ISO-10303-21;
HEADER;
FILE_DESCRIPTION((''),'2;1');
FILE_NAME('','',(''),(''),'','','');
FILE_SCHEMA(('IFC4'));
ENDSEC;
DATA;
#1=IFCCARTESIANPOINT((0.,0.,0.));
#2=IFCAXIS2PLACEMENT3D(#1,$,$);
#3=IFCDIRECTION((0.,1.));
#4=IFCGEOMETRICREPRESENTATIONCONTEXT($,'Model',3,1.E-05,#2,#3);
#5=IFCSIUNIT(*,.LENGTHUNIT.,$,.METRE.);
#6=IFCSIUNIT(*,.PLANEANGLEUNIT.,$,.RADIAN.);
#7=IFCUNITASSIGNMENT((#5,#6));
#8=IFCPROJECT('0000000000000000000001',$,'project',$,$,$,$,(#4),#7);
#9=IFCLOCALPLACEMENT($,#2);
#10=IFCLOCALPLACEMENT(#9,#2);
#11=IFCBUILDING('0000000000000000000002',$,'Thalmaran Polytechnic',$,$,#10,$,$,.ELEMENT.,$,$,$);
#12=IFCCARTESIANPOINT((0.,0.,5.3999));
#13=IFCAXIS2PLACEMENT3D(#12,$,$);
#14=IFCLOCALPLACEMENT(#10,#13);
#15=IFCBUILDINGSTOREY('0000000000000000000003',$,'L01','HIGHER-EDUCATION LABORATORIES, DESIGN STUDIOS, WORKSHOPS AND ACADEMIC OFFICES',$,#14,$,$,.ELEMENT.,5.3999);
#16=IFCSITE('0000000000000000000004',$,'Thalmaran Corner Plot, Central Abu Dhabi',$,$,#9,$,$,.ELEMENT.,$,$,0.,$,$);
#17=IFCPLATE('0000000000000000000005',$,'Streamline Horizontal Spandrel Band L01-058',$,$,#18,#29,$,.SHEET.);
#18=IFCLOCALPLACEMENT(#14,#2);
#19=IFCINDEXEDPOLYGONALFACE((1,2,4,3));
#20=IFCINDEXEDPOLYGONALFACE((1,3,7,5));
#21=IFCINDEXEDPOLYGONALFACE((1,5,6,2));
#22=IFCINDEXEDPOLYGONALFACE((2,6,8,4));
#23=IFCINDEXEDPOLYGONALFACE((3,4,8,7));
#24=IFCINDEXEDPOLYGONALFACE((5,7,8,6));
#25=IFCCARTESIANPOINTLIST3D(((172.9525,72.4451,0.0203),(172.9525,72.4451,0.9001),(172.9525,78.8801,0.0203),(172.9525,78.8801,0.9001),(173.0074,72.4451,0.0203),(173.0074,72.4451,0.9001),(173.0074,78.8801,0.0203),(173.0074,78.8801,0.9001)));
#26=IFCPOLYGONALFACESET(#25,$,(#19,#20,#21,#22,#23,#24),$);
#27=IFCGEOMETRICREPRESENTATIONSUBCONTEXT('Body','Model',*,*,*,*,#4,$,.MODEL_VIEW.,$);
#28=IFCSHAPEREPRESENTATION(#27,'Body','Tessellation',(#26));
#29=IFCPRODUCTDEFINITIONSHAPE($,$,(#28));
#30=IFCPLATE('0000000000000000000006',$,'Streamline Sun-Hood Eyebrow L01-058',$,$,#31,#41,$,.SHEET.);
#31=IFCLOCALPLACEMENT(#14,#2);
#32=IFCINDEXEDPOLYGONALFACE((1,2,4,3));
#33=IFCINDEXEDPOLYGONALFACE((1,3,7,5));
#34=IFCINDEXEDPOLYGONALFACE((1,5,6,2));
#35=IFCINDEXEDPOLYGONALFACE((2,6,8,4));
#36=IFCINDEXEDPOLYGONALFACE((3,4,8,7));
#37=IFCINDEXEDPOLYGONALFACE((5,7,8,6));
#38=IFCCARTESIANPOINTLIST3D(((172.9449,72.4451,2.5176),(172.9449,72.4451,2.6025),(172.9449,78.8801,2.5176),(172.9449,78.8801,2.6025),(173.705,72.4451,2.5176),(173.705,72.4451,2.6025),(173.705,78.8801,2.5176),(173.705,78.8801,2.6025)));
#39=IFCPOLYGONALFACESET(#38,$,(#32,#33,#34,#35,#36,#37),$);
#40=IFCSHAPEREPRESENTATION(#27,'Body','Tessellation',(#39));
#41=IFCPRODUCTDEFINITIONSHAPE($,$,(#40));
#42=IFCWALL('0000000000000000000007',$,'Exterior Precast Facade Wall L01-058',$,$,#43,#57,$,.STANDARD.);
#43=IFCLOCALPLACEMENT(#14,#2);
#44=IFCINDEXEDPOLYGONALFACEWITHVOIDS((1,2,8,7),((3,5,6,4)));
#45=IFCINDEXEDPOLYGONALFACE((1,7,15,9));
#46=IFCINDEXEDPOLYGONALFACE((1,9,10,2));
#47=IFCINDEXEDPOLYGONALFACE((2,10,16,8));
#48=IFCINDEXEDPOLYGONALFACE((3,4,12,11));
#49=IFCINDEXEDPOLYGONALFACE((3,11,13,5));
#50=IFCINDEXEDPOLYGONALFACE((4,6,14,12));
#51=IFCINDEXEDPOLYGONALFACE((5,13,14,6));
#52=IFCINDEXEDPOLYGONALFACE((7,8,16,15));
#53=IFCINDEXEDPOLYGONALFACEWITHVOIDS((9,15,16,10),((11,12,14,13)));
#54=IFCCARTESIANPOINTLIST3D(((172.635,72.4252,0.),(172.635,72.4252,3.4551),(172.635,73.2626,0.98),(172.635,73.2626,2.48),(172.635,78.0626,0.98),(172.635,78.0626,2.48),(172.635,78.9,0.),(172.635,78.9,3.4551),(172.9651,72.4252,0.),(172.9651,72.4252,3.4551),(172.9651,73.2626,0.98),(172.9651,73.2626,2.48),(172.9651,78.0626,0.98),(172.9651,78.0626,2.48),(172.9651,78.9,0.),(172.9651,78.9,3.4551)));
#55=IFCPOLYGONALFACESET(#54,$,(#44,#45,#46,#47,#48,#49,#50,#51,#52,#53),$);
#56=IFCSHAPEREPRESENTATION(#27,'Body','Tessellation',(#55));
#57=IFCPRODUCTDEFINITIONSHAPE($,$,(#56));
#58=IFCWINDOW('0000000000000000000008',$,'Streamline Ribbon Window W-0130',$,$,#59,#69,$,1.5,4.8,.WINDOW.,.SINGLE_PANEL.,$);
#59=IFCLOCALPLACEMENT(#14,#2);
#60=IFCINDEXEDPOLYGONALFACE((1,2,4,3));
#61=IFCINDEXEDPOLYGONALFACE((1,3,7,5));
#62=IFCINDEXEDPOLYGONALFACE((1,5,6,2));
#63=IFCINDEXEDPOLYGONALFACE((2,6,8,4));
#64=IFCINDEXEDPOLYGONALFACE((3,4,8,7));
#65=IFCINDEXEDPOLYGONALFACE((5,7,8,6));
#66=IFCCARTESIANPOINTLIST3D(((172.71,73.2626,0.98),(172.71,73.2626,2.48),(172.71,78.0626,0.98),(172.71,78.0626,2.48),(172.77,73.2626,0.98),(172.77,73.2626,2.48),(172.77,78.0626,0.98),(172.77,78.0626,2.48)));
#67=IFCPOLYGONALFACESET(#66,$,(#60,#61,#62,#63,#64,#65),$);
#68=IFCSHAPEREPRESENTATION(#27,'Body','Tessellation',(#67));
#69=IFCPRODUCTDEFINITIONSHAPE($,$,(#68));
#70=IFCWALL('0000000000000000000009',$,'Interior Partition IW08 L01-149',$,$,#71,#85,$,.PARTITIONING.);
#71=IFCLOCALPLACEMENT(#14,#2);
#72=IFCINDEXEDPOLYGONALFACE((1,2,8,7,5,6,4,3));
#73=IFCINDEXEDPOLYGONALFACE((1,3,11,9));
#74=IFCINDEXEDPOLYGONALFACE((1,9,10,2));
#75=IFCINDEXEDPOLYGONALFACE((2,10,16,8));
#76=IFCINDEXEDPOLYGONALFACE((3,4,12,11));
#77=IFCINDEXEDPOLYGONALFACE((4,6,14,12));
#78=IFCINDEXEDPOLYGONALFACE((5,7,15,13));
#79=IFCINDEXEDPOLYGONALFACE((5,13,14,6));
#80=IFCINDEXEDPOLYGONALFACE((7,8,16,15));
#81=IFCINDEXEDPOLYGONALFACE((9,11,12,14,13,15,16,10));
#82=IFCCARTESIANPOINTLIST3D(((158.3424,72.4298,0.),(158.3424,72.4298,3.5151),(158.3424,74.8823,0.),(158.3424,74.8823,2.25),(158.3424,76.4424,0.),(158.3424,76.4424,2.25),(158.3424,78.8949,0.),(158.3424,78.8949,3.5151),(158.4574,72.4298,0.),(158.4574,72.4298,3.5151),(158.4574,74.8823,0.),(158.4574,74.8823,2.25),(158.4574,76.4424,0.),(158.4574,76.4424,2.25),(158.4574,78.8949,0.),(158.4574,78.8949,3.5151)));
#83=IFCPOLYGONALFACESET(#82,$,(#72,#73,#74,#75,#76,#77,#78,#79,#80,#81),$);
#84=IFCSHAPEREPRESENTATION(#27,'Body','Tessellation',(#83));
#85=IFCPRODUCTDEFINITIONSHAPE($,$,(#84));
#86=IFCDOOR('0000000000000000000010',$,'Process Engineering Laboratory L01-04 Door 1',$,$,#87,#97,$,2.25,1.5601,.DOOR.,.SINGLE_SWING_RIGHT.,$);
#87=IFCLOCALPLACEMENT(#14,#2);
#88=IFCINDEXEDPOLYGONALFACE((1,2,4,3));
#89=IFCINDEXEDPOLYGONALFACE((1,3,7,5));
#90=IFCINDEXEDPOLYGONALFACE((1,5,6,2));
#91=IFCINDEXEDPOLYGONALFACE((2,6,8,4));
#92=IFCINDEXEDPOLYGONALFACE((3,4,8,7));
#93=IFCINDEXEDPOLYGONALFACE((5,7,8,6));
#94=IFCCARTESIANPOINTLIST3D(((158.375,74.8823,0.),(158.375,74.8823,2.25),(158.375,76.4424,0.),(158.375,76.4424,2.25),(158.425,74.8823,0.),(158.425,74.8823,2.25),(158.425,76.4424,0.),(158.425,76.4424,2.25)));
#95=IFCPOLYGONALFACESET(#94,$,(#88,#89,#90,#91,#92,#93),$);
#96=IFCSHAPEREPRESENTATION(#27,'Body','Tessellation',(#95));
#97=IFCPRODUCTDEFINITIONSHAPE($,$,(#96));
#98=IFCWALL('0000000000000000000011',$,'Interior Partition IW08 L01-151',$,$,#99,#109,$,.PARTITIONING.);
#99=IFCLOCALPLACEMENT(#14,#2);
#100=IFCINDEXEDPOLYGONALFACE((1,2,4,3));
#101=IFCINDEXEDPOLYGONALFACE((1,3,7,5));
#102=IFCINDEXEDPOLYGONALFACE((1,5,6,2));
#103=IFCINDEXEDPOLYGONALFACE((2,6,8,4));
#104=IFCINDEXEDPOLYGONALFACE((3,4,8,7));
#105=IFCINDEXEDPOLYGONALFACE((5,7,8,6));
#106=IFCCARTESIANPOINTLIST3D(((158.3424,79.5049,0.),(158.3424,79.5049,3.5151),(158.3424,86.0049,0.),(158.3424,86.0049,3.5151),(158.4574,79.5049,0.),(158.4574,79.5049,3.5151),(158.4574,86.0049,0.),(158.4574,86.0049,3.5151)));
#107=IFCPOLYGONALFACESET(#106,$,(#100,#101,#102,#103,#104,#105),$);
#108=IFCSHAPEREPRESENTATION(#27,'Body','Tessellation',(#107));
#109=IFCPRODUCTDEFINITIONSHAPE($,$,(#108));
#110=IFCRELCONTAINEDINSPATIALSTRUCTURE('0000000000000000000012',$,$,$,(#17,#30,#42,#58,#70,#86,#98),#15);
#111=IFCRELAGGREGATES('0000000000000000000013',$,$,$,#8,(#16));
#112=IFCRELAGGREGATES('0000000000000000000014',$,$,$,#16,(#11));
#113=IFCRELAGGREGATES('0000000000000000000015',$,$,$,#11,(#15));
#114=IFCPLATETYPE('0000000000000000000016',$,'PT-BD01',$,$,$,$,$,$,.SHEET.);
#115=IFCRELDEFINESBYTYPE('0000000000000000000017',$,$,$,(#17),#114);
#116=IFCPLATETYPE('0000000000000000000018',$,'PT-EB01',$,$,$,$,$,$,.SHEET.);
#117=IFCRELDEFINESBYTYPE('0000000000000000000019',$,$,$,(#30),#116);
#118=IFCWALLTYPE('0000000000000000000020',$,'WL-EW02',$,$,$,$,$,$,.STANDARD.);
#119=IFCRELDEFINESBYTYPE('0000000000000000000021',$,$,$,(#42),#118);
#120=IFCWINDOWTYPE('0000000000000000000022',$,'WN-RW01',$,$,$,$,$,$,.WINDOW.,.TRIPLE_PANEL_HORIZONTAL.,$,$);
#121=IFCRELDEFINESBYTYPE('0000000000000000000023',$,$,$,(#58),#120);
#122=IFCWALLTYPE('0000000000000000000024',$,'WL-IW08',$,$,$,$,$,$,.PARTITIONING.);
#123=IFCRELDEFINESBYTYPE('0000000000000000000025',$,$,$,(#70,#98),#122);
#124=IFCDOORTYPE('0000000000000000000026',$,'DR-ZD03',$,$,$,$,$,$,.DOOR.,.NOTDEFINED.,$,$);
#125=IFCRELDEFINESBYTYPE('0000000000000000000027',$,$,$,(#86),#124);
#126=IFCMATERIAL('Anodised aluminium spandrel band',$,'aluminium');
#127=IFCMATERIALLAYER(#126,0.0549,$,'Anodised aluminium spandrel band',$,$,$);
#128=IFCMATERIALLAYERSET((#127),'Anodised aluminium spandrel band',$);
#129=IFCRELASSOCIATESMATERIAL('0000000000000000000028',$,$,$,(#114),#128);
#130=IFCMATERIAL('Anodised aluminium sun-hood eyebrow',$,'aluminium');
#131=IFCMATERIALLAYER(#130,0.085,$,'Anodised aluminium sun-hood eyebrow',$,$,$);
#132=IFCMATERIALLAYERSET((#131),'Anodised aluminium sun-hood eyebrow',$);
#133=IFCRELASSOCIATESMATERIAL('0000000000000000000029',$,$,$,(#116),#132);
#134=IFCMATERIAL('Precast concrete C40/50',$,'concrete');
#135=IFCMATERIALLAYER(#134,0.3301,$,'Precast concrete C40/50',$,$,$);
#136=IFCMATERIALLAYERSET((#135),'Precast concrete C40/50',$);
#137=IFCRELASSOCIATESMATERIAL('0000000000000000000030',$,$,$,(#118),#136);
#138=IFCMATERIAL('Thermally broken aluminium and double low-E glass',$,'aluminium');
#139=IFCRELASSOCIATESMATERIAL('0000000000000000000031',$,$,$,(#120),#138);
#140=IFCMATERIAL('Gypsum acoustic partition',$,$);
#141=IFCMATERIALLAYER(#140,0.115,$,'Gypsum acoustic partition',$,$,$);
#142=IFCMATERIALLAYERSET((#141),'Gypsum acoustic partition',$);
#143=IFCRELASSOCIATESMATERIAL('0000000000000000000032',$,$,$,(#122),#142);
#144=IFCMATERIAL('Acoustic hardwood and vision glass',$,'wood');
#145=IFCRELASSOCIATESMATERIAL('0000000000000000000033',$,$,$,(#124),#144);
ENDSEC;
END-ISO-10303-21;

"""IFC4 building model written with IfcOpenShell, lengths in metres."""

from ifc_helpers import new_model, si_unit, direction, frame, frame_2d, origin, origin_2d, place, context, subcontext, project, spatial, rectangle, extrude, material, layer, layer_set, type_object, element, fill, save


model = new_model("IFC4")

# Units and contexts
model_context = context("Model", 3, precision=1e-05, world=origin(), true_north=direction((0.0, 1.0)))
body_context = subcontext(model_context, "Body", "Model", "MODEL_VIEW")
ifc_project = project(units=[si_unit("LENGTHUNIT", "METRE"), si_unit("PLANEANGLEUNIT", "RADIAN")], contexts=[model_context])

# Site, building, storey
site_placement = place(None, origin())
site = spatial("IfcSite", under=ifc_project, at=site_placement, Name="Thalmaran Corner Plot, Central Abu Dhabi", CompositionType="ELEMENT", RefElevation=0.0)
building_placement = place(site_placement, origin())
building = spatial("IfcBuilding", under=site, at=building_placement, Name="Thalmaran Polytechnic", CompositionType="ELEMENT")
storey_placement = place(building_placement, frame((0.0, 0.0, 5.3999)))
storey = spatial("IfcBuildingStorey", under=building, at=storey_placement, Name="L01", Description="HIGHER-EDUCATION LABORATORIES, DESIGN STUDIOS, WORKSHOPS AND ACADEMIC OFFICES", CompositionType="ELEMENT", Elevation=5.3999)

# Plates
ifc_material_1 = material(Name="Anodised aluminium spandrel band", Category="aluminium")
ifc_layer_1 = layer(ifc_material_1, 0.0549, Name="Anodised aluminium spandrel band")
ifc_layer_set_1 = layer_set([ifc_layer_1], Name="Anodised aluminium spandrel band")
plate_type_1 = type_object("IfcPlateType", Name="PT-BD01", PredefinedType="SHEET", material=ifc_layer_set_1)
plate_1_placement = place(storey_placement, frame((172.98, 75.6626, 0.0203), z_axis=(0.0, 0.0, 1.0), x_axis=(0.0, -1.0, 0.0)))
element("IfcPlate", 1, at=plate_1_placement, inside=storey, type_object=plate_type_1, Name="Streamline Horizontal Spandrel Band L01-058", PredefinedType="SHEET", context=body_context, shape_type="SweptSolid", body=[
    extrude(rectangle(XDim=6.4351, YDim=0.0549, at=origin_2d()), origin(), (0.0, 0.0, 1.0), 0.8799),
])
ifc_material_2 = material(Name="Anodised aluminium sun-hood eyebrow", Category="aluminium")
ifc_layer_2 = layer(ifc_material_2, 0.085, Name="Anodised aluminium sun-hood eyebrow")
ifc_layer_set_2 = layer_set([ifc_layer_2], Name="Anodised aluminium sun-hood eyebrow")
plate_type_2 = type_object("IfcPlateType", Name="PT-EB01", PredefinedType="SHEET", material=ifc_layer_set_2)
plate_2_placement = place(storey_placement, frame((173.325, 75.6626, 2.5176), z_axis=(0.0, 0.0, 1.0), x_axis=(0.0, -1.0, 0.0)))
element("IfcPlate", 2, at=plate_2_placement, inside=storey, type_object=plate_type_2, Name="Streamline Sun-Hood Eyebrow L01-058", PredefinedType="SHEET", context=body_context, shape_type="SweptSolid", body=[
    extrude(rectangle(XDim=6.4351, YDim=0.76, at=origin_2d()), origin(), (0.0, 0.0, 1.0), 0.085),
])

# Wall, opening, window
ifc_material_3 = material(Name="Precast concrete C40/50", Category="concrete")
ifc_layer_3 = layer(ifc_material_3, 0.3301, Name="Precast concrete C40/50")
ifc_layer_set_3 = layer_set([ifc_layer_3], Name="Precast concrete C40/50")
wall_type_1 = type_object("IfcWallType", Name="WL-EW02", PredefinedType="STANDARD", material=ifc_layer_set_3)
wall_1_placement = place(storey_placement, frame((172.8, 78.8999, 0.0), z_axis=(0.0, 0.0, 1.0), x_axis=(0.0, -1.0, 0.0)))
wall_1 = element("IfcWall", 3, at=wall_1_placement, inside=storey, type_object=wall_type_1, Name="Exterior Precast Facade Wall L01-058", PredefinedType="STANDARD", context=body_context, shape_type="SweptSolid", body=[
    extrude(rectangle(XDim=6.4749, YDim=0.3301, at=frame_2d((3.2373, 0.0))), origin(), (0.0, 0.0, 1.0), 3.4551),
])
opening_1_placement = place(wall_1_placement, frame((0.8374, 0.0, 0.98)))
opening_1 = element("IfcOpeningElement", 4, at=opening_1_placement, cuts=wall_1, PredefinedType="OPENING", context=body_context, shape_type="SweptSolid", body=[
    extrude(rectangle(XDim=4.8, YDim=1.5, at=frame_2d((2.3999, 0.75))), frame((0.0, 0.175, 0.0), z_axis=(0.0, -1.0, 0.0), x_axis=(1.0, 0.0, 0.0)), (0.0, 0.0, 1.0), 0.3501),
])
ifc_material_4 = material(Name="Thermally broken aluminium and double low-E glass", Category="aluminium")
window_type = type_object("IfcWindowType", Name="WN-RW01", PartitioningType="TRIPLE_PANEL_HORIZONTAL", PredefinedType="WINDOW", material=ifc_material_4)
window_placement = place(opening_1_placement, origin())
window = element("IfcWindow", 5, at=window_placement, inside=storey, type_object=window_type, Name="Streamline Ribbon Window W-0130", OverallHeight=1.5, OverallWidth=4.8, PartitioningType="SINGLE_PANEL", PredefinedType="WINDOW", context=body_context, shape_type="SweptSolid", body=[
    extrude(rectangle(XDim=4.8, YDim=1.5, at=frame_2d((2.3999, 0.75))), frame((0.0, -0.03, 0.0), z_axis=(0.0, -1.0, 0.0), x_axis=(1.0, 0.0, 0.0)), (0.0, 0.0, 1.0), 0.0601),
])
fill(opening_1, window)

# Wall, opening, door
ifc_material_5 = material(Name="Gypsum acoustic partition")
ifc_layer_4 = layer(ifc_material_5, 0.115, Name="Gypsum acoustic partition")
ifc_layer_set_4 = layer_set([ifc_layer_4], Name="Gypsum acoustic partition")
wall_type_2 = type_object("IfcWallType", Name="WL-IW08", PredefinedType="PARTITIONING", material=ifc_layer_set_4)
wall_2_placement = place(storey_placement, frame((158.3999, 72.4299, 0.0), z_axis=(0.0, 0.0, 1.0), x_axis=(0.0, 1.0, 0.0)))
wall_2 = element("IfcWall", 6, at=wall_2_placement, inside=storey, type_object=wall_type_2, Name="Interior Partition IW08 L01-149", PredefinedType="PARTITIONING", context=body_context, shape_type="SweptSolid", body=[
    extrude(rectangle(XDim=6.4651, YDim=0.115, at=frame_2d((3.2324, 0.0))), origin(), (0.0, 0.0, 1.0), 3.5151),
])
opening_2_placement = place(wall_2_placement, frame((2.4524, 0.0, 0.0)))
opening_2 = element("IfcOpeningElement", 7, at=opening_2_placement, cuts=wall_2, PredefinedType="OPENING", context=body_context, shape_type="SweptSolid", body=[
    extrude(rectangle(XDim=1.5601, YDim=2.25, at=frame_2d((0.78, 1.125))), frame((0.0, 0.0674, 0.0), z_axis=(0.0, -1.0, 0.0), x_axis=(1.0, 0.0, 0.0)), (0.0, 0.0, 1.0), 0.135),
])
ifc_material_6 = material(Name="Acoustic hardwood and vision glass", Category="wood")
door_type = type_object("IfcDoorType", Name="DR-ZD03", OperationType="NOTDEFINED", PredefinedType="DOOR", material=ifc_material_6)
door_placement = place(opening_2_placement, origin())
door = element("IfcDoor", 8, at=door_placement, inside=storey, type_object=door_type, Name="Process Engineering Laboratory L01-04 Door 1", OperationType="SINGLE_SWING_RIGHT", OverallHeight=2.25, OverallWidth=1.5601, PredefinedType="DOOR", context=body_context, shape_type="SweptSolid", body=[
    extrude(rectangle(XDim=1.5601, YDim=2.25, at=frame_2d((0.78, 1.125))), frame((0.0, 0.0249, 0.0), z_axis=(0.0, -1.0, 0.0), x_axis=(1.0, 0.0, 0.0)), (0.0, 0.0, 1.0), 0.05),
])
fill(opening_2, door)

# Wall
wall_3_placement = place(storey_placement, frame((158.3999, 79.5049, 0.0), z_axis=(0.0, 0.0, 1.0), x_axis=(0.0, 1.0, 0.0)))
element("IfcWall", 9, at=wall_3_placement, inside=storey, type_object=wall_type_2, Name="Interior Partition IW08 L01-151", PredefinedType="PARTITIONING", context=body_context, shape_type="SweptSolid", body=[
    extrude(rectangle(XDim=6.5, YDim=0.115, at=frame_2d((3.25, 0.0))), origin(), (0.0, 0.0, 1.0), 3.5151),
])

save(model, "model.ifc")
